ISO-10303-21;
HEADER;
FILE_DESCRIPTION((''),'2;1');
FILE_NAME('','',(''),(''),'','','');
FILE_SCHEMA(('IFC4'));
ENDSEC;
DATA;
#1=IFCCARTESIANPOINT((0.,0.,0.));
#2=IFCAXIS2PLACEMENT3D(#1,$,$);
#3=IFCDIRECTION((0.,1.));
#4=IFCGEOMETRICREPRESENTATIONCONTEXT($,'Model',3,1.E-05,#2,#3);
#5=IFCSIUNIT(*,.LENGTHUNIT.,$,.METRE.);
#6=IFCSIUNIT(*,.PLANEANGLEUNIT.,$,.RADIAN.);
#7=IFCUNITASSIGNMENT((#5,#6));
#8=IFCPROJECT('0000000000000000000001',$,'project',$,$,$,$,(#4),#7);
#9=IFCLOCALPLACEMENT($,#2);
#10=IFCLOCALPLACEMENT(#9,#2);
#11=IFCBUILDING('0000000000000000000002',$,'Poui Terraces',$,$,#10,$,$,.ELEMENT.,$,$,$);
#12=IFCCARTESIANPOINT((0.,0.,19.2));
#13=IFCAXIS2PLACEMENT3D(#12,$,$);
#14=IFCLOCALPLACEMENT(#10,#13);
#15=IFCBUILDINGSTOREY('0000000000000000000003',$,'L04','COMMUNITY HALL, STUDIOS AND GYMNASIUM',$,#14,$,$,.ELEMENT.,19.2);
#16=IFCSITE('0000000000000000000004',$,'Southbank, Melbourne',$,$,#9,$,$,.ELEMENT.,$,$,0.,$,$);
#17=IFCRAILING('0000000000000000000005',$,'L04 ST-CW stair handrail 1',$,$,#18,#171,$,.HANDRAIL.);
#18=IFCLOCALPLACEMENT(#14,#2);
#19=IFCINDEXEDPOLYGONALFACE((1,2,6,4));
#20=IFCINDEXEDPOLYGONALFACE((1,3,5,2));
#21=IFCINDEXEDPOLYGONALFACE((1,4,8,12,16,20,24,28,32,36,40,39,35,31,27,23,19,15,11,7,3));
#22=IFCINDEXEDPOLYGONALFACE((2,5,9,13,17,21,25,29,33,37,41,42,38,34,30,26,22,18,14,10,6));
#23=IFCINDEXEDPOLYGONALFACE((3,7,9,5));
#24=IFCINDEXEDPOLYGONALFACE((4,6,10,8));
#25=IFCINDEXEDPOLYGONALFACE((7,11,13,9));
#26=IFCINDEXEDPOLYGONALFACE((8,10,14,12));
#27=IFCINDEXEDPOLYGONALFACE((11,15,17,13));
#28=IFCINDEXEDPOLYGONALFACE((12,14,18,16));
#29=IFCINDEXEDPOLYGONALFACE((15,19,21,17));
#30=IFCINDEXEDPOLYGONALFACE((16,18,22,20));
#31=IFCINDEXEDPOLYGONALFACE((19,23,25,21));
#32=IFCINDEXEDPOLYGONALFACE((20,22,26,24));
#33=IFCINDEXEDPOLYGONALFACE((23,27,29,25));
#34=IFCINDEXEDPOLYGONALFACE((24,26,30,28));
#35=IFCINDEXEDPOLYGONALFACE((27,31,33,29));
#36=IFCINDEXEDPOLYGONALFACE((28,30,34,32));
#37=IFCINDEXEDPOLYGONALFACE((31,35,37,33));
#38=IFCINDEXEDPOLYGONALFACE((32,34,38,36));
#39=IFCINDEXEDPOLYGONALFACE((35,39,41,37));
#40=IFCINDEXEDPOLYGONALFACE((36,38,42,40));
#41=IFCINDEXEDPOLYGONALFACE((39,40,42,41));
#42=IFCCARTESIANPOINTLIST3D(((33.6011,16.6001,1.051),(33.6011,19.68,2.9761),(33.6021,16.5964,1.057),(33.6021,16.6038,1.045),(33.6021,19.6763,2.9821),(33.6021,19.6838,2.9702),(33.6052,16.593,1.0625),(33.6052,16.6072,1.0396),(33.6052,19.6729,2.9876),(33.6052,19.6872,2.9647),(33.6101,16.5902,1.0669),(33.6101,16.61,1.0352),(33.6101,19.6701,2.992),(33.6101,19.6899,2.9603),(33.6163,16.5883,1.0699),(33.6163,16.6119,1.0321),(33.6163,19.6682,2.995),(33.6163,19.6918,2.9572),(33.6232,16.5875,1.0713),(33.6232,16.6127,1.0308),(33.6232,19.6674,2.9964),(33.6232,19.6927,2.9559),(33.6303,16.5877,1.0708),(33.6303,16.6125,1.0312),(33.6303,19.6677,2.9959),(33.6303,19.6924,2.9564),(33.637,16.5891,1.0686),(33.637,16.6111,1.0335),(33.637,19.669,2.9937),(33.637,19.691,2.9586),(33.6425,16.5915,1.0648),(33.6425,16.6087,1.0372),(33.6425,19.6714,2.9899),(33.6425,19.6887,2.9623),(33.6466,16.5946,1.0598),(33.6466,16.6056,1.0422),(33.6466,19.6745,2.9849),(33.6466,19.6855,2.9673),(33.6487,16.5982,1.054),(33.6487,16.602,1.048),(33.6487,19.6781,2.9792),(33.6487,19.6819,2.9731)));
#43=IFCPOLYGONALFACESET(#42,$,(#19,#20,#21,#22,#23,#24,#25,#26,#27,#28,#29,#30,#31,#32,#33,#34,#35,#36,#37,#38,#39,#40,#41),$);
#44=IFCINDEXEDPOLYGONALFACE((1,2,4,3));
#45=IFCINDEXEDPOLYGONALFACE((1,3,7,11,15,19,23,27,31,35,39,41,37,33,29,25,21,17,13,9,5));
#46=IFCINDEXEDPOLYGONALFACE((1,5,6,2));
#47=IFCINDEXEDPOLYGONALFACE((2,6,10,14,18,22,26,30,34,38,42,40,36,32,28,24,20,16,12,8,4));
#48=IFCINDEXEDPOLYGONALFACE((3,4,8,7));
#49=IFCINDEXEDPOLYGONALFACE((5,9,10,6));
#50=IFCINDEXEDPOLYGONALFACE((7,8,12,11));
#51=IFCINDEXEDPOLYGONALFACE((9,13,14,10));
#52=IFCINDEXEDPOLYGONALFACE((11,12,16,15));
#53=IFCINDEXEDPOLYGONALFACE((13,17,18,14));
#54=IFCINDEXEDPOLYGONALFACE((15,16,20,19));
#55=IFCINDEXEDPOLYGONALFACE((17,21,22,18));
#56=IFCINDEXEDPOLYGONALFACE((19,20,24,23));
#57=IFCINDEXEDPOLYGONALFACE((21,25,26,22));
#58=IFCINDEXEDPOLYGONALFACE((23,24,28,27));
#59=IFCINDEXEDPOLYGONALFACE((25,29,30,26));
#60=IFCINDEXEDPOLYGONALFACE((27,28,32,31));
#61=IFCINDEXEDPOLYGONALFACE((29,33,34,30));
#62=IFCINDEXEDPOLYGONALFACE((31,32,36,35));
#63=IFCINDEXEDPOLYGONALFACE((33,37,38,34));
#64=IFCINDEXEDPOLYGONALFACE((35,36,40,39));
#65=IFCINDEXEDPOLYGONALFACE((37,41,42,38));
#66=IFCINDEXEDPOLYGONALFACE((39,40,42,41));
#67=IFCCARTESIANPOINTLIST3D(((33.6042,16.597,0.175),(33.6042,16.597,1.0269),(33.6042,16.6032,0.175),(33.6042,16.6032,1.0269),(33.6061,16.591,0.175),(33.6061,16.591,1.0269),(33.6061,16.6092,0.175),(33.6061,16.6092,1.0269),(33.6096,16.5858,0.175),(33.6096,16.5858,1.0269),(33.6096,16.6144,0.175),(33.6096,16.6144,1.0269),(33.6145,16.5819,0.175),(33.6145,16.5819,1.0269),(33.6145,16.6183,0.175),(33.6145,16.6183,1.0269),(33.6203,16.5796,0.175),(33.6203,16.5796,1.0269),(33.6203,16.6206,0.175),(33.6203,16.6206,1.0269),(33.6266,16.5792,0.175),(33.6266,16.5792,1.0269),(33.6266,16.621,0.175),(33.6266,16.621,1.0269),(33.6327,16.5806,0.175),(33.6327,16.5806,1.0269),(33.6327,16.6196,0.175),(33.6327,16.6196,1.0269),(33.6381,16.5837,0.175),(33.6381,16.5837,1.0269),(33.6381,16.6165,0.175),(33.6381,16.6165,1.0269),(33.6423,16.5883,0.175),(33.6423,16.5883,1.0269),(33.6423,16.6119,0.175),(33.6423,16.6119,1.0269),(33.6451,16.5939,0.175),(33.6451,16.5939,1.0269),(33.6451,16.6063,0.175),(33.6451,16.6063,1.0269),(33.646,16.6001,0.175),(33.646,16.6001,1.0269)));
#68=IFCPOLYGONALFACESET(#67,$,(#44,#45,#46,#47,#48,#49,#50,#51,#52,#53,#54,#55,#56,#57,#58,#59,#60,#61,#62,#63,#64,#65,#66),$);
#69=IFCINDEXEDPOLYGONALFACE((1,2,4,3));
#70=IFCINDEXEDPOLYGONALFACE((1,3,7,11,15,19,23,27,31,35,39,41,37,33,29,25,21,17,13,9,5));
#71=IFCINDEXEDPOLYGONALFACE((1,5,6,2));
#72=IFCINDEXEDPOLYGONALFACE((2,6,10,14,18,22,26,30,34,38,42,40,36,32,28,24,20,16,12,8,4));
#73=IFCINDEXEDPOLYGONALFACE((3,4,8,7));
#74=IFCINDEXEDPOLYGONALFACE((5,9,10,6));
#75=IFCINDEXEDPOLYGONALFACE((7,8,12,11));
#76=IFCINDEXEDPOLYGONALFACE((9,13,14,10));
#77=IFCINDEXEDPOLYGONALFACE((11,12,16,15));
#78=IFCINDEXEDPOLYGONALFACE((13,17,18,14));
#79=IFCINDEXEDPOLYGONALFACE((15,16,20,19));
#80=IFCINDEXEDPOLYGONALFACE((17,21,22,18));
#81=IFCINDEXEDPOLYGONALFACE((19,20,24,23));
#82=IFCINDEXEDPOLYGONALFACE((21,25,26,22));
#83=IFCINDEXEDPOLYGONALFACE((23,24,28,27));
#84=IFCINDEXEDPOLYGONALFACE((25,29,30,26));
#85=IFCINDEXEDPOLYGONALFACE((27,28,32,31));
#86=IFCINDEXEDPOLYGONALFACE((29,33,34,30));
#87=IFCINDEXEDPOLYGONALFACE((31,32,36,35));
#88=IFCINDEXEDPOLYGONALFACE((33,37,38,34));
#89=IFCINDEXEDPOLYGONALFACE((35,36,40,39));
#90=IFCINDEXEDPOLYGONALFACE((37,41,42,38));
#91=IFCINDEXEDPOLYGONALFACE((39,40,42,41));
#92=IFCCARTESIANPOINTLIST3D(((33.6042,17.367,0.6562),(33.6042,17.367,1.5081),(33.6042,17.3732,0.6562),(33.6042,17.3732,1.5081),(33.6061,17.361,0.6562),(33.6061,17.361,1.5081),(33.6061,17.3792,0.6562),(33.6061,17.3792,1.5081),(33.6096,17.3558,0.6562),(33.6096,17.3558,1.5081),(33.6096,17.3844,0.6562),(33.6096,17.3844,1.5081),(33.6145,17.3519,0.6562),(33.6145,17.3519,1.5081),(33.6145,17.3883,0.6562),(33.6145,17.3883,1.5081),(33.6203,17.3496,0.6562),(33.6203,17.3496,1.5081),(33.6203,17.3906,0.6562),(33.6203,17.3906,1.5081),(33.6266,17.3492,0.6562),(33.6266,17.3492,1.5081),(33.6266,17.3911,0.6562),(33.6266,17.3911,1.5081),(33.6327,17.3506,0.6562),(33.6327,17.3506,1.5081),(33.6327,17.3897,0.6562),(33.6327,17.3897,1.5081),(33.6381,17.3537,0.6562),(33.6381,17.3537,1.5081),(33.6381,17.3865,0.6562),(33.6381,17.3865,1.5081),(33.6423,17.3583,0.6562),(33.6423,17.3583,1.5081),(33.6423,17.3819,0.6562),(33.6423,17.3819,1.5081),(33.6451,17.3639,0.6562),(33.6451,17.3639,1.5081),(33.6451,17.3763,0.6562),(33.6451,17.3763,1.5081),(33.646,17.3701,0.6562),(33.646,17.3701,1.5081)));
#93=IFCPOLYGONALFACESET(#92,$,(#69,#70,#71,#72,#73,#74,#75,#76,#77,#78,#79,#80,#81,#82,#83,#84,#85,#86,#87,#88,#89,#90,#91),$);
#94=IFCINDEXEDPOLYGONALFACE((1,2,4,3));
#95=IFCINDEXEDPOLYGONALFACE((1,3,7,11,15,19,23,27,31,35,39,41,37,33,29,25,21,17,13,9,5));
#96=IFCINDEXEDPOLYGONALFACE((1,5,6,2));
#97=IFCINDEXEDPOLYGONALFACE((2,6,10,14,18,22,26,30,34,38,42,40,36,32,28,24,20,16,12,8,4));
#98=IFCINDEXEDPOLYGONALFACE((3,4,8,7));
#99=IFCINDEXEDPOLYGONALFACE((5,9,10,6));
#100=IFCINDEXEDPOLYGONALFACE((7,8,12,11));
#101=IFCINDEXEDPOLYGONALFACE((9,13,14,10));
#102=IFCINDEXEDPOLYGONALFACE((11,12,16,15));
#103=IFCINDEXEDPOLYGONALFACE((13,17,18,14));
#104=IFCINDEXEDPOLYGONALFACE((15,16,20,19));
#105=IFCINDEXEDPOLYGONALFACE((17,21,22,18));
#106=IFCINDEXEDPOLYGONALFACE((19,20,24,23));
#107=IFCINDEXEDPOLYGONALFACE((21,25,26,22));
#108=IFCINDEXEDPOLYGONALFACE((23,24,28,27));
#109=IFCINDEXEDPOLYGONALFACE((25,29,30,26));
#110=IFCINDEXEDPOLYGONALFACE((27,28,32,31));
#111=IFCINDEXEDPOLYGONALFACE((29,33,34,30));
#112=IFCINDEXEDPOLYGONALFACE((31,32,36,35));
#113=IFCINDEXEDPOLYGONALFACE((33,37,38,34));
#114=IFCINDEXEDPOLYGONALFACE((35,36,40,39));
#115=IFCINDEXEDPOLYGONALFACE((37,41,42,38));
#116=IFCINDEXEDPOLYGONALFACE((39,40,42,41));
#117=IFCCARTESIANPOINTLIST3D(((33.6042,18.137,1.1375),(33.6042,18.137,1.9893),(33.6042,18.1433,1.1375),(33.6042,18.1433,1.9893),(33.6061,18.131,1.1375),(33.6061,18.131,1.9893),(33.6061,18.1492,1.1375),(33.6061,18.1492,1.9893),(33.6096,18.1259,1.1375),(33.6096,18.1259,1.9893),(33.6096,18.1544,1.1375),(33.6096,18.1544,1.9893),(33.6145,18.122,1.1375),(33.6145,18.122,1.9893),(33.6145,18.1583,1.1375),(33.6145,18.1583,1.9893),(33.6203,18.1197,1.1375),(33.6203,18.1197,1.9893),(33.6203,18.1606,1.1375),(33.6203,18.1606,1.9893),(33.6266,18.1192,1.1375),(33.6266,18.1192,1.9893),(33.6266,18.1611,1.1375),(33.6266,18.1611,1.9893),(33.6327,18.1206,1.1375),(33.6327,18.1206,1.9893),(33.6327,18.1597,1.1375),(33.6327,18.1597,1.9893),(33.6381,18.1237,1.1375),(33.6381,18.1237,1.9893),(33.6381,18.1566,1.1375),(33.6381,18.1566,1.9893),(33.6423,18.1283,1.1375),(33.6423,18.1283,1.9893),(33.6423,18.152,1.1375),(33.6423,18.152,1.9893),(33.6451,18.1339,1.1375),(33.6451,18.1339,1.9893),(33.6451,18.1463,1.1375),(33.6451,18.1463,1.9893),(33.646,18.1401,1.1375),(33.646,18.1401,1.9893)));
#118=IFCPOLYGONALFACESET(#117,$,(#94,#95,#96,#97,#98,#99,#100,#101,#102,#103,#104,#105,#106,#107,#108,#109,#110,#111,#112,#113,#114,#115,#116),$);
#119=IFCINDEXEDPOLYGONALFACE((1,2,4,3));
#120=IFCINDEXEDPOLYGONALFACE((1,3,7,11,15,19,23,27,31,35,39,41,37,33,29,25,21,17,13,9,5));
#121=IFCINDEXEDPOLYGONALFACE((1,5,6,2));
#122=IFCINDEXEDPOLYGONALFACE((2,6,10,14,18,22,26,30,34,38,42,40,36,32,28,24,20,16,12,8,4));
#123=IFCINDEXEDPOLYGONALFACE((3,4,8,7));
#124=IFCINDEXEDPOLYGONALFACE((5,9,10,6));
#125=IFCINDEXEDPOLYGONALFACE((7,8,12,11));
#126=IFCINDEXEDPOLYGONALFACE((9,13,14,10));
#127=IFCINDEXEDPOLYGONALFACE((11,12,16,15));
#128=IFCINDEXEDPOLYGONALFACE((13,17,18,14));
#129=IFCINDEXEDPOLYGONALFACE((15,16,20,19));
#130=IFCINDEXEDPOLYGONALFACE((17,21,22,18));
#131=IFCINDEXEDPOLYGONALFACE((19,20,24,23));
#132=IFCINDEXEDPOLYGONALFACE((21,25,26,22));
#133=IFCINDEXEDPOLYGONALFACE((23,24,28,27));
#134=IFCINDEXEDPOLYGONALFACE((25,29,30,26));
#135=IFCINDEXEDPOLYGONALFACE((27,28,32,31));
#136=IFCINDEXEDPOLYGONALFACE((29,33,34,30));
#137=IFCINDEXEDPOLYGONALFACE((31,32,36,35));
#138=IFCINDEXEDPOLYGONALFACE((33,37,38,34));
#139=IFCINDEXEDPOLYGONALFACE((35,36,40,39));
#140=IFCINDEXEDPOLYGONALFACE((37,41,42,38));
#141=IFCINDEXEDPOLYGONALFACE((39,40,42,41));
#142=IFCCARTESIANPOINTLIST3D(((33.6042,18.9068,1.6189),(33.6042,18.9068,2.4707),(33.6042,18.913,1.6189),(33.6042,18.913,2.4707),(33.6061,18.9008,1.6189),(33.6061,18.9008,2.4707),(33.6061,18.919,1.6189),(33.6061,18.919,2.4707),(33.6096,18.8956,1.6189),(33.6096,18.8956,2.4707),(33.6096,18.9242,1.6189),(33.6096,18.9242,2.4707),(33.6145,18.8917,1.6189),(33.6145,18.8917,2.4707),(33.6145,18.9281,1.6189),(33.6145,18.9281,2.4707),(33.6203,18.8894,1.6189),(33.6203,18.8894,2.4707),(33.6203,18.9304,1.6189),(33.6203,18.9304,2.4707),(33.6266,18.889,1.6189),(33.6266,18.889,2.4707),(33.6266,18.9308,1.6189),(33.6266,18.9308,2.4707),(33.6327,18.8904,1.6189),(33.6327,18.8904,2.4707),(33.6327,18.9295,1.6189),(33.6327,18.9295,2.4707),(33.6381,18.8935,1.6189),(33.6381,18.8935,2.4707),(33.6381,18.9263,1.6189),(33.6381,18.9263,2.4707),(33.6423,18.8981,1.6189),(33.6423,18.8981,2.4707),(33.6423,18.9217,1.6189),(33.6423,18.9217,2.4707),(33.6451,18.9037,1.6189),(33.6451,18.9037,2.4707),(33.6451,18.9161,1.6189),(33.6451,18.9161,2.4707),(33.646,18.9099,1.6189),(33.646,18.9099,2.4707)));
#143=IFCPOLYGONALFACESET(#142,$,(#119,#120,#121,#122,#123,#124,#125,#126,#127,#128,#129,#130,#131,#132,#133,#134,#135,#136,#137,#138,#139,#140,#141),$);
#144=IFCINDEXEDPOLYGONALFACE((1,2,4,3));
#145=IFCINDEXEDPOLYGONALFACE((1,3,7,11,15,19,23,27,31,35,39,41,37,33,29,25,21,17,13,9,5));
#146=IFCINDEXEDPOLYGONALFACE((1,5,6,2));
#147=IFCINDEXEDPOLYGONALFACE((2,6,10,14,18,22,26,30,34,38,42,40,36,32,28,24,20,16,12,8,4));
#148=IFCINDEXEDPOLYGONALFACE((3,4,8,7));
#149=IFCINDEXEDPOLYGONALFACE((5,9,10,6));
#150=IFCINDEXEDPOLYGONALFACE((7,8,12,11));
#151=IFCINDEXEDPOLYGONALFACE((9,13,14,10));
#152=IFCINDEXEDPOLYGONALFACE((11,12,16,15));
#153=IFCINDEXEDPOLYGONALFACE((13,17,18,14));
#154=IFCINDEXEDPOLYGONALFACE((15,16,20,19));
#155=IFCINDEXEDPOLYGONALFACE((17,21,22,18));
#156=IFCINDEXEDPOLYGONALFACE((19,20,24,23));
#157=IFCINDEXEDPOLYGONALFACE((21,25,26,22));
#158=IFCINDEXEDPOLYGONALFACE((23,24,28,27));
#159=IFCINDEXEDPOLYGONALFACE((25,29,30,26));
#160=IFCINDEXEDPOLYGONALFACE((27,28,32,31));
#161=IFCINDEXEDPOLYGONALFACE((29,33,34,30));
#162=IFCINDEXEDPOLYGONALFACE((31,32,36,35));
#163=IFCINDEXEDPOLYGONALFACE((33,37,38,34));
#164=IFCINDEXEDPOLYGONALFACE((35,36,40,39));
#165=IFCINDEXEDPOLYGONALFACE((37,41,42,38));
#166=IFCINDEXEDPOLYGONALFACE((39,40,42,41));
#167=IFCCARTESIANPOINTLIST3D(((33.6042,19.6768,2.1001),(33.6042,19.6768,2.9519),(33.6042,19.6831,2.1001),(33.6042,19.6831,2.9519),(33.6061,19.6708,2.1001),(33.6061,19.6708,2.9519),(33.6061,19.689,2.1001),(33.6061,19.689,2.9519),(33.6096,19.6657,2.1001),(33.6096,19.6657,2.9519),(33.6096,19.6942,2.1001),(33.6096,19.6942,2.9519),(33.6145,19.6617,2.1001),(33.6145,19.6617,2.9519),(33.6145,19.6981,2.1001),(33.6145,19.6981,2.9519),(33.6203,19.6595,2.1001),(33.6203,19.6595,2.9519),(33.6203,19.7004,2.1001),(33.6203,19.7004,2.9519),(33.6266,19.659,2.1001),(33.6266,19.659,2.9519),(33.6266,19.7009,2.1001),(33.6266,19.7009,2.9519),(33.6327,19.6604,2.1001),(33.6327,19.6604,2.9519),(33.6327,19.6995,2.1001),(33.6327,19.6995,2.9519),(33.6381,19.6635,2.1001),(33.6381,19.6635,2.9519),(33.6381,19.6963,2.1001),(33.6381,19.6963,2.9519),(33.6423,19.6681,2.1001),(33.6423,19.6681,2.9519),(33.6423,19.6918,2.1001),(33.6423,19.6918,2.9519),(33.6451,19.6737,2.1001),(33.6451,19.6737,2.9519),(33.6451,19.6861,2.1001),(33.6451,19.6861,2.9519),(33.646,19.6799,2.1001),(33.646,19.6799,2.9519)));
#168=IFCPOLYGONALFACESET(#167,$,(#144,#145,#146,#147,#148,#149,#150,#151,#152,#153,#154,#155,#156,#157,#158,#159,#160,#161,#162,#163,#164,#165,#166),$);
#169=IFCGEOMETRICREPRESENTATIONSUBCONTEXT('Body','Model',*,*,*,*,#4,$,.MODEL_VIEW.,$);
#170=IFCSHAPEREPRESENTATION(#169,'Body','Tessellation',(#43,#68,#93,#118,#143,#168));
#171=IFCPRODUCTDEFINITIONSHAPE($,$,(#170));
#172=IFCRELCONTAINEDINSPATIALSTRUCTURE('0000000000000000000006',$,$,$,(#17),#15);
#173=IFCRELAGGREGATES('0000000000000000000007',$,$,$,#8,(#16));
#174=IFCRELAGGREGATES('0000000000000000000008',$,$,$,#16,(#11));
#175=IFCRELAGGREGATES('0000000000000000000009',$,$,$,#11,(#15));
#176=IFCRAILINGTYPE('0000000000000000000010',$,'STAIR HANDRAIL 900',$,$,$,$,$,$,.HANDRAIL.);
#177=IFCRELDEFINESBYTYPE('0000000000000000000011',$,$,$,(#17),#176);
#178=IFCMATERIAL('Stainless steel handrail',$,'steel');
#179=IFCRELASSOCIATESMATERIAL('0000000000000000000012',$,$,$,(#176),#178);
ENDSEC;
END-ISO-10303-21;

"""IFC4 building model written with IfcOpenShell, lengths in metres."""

from ifc_helpers import new_model, si_unit, direction, frame, origin, origin_2d, place, context, subcontext, project, spatial, circle, extrude, material, type_object, element, save


model = new_model("IFC4")

# Units and contexts
model_context = context("Model", 3, precision=1e-05, world=origin(), true_north=direction((0.0, 1.0)))
body_context = subcontext(model_context, "Body", "Model", "MODEL_VIEW")
ifc_project = project(units=[si_unit("LENGTHUNIT", "METRE"), si_unit("PLANEANGLEUNIT", "RADIAN")], contexts=[model_context])

# Site, building, storey
site_placement = place(None, origin())
site = spatial("IfcSite", under=ifc_project, at=site_placement, Name="Southbank, Melbourne", CompositionType="ELEMENT", RefElevation=0.0)
building_placement = place(site_placement, origin())
building = spatial("IfcBuilding", under=site, at=building_placement, Name="Poui Terraces", CompositionType="ELEMENT")
storey_placement = place(building_placement, frame((0.0, 0.0, 19.2)))
storey = spatial("IfcBuildingStorey", under=building, at=storey_placement, Name="L04", Description="COMMUNITY HALL, STUDIOS AND GYMNASIUM", CompositionType="ELEMENT", Elevation=19.2)

# Railing
ifc_material_1 = material(Name="Stainless steel handrail", Category="steel")
railing_type = type_object("IfcRailingType", Name="STAIR HANDRAIL 900", PredefinedType="HANDRAIL", material=ifc_material_1)
railing_placement = place(storey_placement, frame((33.625, 16.6001, 0.175)))
element("IfcRailing", 1, at=railing_placement, inside=storey, type_object=railing_type, Name="L04 ST-CW stair handrail 1", PredefinedType="HANDRAIL", context=body_context, shape_type="SweptSolid", body=[
    extrude(circle(Radius=0.0239, at=origin_2d()), frame((0.0, 0.0, 0.876), z_axis=(0.0, 0.847979, 0.530029), x_axis=(-1.0, 0.0, 0.0)), (0.0, 0.0, 1.0), 3.6321),
    extrude(circle(Radius=0.021, at=origin_2d()), origin(), (0.0, 0.0, 1.0), 0.8518),
    extrude(circle(Radius=0.021, at=origin_2d()), frame((0.0, 0.77, 0.4812)), (0.0, 0.0, 1.0), 0.8518),
    extrude(circle(Radius=0.021, at=origin_2d()), frame((0.0, 1.54, 0.9624)), (0.0, 0.0, 1.0), 0.8518),
    extrude(circle(Radius=0.021, at=origin_2d()), frame((0.0, 2.3098, 1.4438)), (0.0, 0.0, 1.0), 0.8518),
    extrude(circle(Radius=0.021, at=origin_2d()), frame((0.0, 3.0798, 1.925)), (0.0, 0.0, 1.0), 0.8518),
])

save(model, "model.ifc")
